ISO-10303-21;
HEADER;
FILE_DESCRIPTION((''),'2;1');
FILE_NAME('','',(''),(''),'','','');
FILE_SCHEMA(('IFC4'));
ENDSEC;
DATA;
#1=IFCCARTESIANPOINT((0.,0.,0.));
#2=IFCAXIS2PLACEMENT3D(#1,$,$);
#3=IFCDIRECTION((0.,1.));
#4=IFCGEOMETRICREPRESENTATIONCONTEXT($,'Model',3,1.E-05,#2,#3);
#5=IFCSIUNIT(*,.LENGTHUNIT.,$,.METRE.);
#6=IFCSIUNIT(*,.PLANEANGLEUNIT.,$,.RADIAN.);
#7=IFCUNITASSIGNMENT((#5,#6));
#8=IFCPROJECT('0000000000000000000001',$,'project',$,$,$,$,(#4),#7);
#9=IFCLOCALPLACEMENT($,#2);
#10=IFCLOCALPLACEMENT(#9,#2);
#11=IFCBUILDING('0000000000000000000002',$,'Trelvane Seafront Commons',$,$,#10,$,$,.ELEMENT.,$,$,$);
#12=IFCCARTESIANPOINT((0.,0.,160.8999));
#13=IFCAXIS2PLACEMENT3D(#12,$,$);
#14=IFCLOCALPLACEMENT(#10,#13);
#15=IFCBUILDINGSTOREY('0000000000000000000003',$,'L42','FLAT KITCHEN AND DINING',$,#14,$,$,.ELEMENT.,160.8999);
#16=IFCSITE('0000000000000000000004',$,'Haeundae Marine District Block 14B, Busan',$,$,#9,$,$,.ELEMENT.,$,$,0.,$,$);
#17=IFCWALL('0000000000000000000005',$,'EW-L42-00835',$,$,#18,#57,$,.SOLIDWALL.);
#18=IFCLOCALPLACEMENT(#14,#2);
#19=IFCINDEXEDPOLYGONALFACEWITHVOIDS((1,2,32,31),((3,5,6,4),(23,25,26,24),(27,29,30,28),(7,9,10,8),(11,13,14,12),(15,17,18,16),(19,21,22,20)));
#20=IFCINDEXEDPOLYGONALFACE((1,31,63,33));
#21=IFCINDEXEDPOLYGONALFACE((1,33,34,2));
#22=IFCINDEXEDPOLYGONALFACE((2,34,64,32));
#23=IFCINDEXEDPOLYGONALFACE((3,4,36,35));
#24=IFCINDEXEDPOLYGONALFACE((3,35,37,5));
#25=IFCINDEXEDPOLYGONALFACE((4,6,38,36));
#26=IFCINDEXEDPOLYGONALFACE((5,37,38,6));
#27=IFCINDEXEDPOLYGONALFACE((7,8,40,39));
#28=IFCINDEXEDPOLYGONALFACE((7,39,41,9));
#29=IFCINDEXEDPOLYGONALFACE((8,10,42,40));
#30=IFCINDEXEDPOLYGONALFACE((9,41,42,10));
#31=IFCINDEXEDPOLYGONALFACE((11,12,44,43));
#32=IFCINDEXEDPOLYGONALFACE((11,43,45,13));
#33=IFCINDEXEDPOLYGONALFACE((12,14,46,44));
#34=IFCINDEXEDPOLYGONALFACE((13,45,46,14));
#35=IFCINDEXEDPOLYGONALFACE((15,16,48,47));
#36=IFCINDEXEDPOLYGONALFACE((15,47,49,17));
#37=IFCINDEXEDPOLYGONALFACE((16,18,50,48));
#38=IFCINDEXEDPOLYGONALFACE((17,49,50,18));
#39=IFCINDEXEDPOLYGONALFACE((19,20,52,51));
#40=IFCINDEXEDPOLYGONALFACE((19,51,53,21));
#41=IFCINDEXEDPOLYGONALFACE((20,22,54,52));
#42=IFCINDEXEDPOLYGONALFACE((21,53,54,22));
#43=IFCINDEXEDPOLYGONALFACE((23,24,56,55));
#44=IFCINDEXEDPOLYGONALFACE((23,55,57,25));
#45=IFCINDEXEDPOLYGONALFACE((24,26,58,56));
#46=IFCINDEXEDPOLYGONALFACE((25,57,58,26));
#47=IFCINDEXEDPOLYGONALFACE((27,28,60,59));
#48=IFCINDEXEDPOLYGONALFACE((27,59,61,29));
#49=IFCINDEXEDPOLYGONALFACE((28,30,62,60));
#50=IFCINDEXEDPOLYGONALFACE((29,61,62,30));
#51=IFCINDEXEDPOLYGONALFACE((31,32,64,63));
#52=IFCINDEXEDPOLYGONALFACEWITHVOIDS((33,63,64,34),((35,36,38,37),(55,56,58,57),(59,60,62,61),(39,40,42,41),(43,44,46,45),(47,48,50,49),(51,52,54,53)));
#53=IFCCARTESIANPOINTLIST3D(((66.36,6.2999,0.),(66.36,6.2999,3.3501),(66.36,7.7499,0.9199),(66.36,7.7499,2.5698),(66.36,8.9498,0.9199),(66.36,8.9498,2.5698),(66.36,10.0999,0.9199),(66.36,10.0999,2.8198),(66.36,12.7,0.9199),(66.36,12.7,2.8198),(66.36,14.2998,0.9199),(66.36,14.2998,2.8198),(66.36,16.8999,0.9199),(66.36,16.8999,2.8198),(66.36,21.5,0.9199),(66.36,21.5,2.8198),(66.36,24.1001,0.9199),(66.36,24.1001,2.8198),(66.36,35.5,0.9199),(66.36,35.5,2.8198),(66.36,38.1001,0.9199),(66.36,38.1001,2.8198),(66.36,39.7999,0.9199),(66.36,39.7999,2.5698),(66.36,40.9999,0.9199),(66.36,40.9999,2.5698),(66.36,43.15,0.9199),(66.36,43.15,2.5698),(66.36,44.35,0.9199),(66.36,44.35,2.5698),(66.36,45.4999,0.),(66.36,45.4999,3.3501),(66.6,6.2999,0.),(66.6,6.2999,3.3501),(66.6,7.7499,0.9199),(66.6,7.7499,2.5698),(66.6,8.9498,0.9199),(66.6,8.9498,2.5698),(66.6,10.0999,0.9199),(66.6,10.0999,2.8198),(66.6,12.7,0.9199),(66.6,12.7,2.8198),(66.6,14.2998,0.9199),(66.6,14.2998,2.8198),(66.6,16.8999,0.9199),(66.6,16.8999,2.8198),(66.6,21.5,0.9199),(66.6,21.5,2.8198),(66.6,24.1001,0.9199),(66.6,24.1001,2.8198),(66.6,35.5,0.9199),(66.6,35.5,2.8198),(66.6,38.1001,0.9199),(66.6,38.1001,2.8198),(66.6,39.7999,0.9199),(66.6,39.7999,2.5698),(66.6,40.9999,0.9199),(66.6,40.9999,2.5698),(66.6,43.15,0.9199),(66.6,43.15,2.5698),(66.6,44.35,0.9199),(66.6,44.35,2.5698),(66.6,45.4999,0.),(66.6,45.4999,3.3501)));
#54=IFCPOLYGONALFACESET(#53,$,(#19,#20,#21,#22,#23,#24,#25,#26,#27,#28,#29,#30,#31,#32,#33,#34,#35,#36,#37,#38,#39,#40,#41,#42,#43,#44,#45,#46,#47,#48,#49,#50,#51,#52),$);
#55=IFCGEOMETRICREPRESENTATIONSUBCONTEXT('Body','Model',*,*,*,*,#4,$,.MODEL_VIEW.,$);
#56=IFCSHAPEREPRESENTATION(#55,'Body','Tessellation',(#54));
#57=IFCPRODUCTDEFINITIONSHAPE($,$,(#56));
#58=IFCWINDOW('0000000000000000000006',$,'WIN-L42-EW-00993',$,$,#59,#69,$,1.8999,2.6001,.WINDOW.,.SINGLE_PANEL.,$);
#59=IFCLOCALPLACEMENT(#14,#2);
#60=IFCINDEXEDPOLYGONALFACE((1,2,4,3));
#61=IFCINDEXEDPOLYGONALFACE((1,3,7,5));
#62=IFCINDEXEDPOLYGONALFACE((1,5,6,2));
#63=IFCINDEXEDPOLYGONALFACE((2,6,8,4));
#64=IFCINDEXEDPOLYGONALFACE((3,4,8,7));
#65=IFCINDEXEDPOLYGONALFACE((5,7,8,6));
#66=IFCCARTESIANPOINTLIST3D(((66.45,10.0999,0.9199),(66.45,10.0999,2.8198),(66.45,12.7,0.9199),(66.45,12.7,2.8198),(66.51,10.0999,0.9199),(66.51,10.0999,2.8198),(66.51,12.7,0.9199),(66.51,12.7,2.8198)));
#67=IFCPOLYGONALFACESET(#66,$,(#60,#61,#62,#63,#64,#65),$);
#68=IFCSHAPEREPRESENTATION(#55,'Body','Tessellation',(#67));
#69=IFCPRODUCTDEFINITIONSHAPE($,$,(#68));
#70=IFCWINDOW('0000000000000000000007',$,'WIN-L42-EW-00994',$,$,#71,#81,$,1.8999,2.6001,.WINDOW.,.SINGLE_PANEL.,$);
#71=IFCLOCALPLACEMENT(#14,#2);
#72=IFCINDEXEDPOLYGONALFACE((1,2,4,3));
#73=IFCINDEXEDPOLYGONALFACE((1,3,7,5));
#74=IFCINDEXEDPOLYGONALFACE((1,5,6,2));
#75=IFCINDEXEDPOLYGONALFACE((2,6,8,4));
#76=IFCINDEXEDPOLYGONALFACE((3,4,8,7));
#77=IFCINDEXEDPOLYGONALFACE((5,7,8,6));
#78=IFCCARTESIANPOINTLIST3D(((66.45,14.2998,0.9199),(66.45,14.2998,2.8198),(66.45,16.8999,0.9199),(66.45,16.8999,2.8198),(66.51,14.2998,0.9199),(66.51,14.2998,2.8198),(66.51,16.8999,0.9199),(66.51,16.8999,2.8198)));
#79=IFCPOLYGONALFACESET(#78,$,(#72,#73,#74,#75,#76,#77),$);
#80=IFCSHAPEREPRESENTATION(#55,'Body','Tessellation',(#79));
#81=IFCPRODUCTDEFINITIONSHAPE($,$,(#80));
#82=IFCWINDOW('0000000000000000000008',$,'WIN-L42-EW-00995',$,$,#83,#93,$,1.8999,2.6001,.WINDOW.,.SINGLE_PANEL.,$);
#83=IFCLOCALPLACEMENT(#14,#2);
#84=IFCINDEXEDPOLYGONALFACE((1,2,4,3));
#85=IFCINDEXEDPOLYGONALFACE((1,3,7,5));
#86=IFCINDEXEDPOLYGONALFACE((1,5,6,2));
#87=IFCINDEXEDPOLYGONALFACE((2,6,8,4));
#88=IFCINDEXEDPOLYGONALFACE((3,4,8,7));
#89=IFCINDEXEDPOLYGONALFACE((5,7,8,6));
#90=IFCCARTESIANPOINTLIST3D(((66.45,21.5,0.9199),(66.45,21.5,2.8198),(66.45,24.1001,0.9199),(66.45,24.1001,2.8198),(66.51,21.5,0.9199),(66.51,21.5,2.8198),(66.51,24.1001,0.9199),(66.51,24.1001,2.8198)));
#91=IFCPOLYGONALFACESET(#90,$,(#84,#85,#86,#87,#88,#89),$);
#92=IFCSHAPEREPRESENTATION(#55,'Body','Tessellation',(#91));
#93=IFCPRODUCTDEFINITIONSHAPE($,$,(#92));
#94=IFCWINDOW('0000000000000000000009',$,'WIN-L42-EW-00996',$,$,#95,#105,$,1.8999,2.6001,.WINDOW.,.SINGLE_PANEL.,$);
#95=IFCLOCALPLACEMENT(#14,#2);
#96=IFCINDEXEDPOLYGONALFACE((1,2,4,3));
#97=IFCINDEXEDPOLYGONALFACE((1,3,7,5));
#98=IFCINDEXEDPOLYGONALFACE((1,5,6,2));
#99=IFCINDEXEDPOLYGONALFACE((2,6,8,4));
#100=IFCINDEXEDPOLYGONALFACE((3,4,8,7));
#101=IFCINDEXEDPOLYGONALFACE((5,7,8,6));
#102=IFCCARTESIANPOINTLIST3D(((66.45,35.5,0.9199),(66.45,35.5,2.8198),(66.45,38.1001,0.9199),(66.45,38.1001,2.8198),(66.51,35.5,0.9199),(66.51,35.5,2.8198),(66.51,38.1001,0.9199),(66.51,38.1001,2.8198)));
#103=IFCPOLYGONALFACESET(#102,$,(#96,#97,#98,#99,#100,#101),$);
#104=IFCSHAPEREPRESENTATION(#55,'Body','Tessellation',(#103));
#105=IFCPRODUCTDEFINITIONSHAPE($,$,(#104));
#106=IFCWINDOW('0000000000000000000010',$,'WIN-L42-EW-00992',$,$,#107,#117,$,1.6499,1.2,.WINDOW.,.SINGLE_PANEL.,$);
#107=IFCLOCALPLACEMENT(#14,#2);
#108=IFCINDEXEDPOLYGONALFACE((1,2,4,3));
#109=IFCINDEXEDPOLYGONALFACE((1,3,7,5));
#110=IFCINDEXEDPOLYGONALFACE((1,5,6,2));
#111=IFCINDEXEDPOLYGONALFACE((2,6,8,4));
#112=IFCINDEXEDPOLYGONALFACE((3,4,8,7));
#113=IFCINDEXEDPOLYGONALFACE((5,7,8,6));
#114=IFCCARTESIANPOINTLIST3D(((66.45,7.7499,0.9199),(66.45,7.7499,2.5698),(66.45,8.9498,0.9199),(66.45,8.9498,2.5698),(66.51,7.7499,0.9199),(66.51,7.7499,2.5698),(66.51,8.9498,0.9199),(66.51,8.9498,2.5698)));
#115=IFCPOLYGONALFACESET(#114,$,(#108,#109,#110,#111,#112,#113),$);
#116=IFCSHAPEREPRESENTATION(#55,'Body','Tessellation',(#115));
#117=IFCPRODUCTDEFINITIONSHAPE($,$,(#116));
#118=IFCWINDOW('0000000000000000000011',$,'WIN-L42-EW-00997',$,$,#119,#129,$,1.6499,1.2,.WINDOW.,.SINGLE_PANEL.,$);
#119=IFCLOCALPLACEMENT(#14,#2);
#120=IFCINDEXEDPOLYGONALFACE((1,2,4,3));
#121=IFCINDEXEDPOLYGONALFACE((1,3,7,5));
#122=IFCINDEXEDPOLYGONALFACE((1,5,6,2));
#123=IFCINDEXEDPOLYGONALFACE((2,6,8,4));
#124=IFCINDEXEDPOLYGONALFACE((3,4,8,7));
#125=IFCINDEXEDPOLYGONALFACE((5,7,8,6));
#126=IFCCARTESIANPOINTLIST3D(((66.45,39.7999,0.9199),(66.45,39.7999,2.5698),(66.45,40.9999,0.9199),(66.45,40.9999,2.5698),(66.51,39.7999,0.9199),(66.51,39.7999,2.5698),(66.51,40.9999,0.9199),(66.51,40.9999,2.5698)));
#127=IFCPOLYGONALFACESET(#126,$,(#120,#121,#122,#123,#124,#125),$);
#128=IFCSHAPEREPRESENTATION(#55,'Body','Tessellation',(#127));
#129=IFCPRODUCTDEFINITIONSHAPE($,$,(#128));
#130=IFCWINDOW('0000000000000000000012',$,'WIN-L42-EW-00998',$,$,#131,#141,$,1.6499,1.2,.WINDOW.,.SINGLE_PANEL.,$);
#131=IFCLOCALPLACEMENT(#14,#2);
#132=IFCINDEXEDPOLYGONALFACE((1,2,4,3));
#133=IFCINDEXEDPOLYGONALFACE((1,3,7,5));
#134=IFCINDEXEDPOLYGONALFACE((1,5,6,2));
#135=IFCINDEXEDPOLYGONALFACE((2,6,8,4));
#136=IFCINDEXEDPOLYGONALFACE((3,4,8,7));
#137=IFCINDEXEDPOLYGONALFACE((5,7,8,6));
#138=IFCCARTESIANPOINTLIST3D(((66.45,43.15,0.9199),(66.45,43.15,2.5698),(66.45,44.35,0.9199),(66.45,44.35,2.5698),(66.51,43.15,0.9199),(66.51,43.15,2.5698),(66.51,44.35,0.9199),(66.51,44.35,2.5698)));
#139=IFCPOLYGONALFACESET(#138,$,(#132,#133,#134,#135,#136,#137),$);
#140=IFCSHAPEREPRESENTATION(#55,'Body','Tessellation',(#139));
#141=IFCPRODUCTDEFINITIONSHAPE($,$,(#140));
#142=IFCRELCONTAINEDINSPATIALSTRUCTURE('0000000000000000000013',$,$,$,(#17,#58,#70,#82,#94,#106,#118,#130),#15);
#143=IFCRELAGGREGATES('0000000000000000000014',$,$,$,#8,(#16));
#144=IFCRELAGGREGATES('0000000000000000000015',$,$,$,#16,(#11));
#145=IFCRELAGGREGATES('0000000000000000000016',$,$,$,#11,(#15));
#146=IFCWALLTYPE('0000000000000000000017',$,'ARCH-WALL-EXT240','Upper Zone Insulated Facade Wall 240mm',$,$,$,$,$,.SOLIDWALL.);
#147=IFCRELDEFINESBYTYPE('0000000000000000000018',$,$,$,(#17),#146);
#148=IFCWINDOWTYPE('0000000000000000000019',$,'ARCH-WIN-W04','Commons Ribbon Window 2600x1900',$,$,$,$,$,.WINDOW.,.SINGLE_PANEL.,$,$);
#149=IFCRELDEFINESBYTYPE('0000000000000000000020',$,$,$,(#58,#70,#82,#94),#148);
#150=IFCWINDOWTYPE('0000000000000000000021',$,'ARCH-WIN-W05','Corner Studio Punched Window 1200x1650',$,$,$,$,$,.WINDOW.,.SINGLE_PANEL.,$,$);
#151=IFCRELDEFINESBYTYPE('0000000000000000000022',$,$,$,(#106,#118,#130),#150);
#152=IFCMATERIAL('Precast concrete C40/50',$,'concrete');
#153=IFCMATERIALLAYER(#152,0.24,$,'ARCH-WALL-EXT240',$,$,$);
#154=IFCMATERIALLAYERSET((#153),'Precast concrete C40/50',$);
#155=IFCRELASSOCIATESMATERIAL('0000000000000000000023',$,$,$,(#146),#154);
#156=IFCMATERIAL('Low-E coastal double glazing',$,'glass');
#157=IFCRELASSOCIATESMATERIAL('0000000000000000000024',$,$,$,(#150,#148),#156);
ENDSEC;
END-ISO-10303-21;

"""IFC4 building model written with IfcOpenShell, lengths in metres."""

from ifc_helpers import new_model, si_unit, direction, frame, frame_2d, origin, place, context, subcontext, project, spatial, rectangle, extrude, source, transform, mapped, material, layer, layer_set, type_object, element, fill, save


model = new_model("IFC4")

# Units and contexts
model_context = context("Model", 3, precision=1e-05, world=origin(), true_north=direction((0.0, 1.0)))
body_context = subcontext(model_context, "Body", "Model", "MODEL_VIEW")
ifc_project = project(units=[si_unit("LENGTHUNIT", "METRE"), si_unit("PLANEANGLEUNIT", "RADIAN")], contexts=[model_context])

# Site, building, storey
site_placement = place(None, origin())
site = spatial("IfcSite", under=ifc_project, at=site_placement, Name="Haeundae Marine District Block 14B, Busan", CompositionType="ELEMENT", RefElevation=0.0)
building_placement = place(site_placement, origin())
building = spatial("IfcBuilding", under=site, at=building_placement, Name="Trelvane Seafront Commons", CompositionType="ELEMENT")
storey_placement = place(building_placement, frame((0.0, 0.0, 160.8999)))
storey = spatial("IfcBuildingStorey", under=building, at=storey_placement, Name="L42", Description="FLAT KITCHEN AND DINING", CompositionType="ELEMENT", Elevation=160.8999)

# Shared definitions
ifc_material_1 = material(Name="Low-E coastal double glazing", Category="glass")

# Shared definitions
ifc_material_2 = material(Name="Precast concrete C40/50", Category="concrete")
ifc_layer_1 = layer(ifc_material_2, 0.24, Name="ARCH-WALL-EXT240")
ifc_layer_set_1 = layer_set([ifc_layer_1], Name="Precast concrete C40/50")
wall_type = type_object("IfcWallType", Name="ARCH-WALL-EXT240", Description="Upper Zone Insulated Facade Wall 240mm", PredefinedType="SOLIDWALL", material=ifc_layer_set_1)
window_type_1 = type_object("IfcWindowType", Name="ARCH-WIN-W05", Description="Corner Studio Punched Window 1200x1650", PartitioningType="SINGLE_PANEL", PredefinedType="WINDOW", material=ifc_material_1)
shared_shape_1 = source(origin(), body_context, "Body", "SweptSolid", [
    extrude(rectangle(XDim=1.2, YDim=1.6499, at=frame_2d((0.6001, 0.825))), frame((0.0, 0.03, 0.0), z_axis=(0.0, -1.0, 0.0), x_axis=(1.0, 0.0, 0.0)), (0.0, 0.0, 1.0), 0.0601),
])

# Wall, openings, windows
wall_1_placement = place(storey_placement, frame((66.48, 45.5, 0.0), z_axis=(0.0, 0.0, 1.0), x_axis=(0.0, -1.0, 0.0)))
wall_1 = element("IfcWall", 1, at=wall_1_placement, inside=storey, type_object=wall_type, Name="EW-L42-00835", PredefinedType="SOLIDWALL", context=body_context, shape_type="SweptSolid", body=[
    extrude(rectangle(XDim=39.2, YDim=0.24, at=frame_2d((19.6001, 0.0))), origin(), (0.0, 0.0, 1.0), 3.3501),
])
opening_1_placement = place(wall_1_placement, frame((36.55, 0.0, 0.9199)))
opening_1 = element("IfcOpeningElement", 2, at=opening_1_placement, cuts=wall_1, PredefinedType="OPENING", context=body_context, shape_type="SweptSolid", body=[
    extrude(rectangle(XDim=1.2, YDim=1.6499, at=frame_2d((0.6001, 0.825))), frame((0.0, 0.1299, 0.0), z_axis=(0.0, -1.0, 0.0), x_axis=(1.0, 0.0, 0.0)), (0.0, 0.0, 1.0), 0.26),
])
opening_2_placement = place(wall_1_placement, frame((32.8, 0.0, 0.9199)))
opening_2 = element("IfcOpeningElement", 3, at=opening_2_placement, cuts=wall_1, PredefinedType="OPENING", context=body_context, shape_type="SweptSolid", body=[
    extrude(rectangle(XDim=2.6001, YDim=1.8999, at=frame_2d((1.3, 0.95))), frame((0.0, 0.1299, 0.0), z_axis=(0.0, -1.0, 0.0), x_axis=(1.0, 0.0, 0.0)), (0.0, 0.0, 1.0), 0.26),
])
opening_3_placement = place(wall_1_placement, frame((28.6001, 0.0, 0.9199)))
opening_3 = element("IfcOpeningElement", 4, at=opening_3_placement, cuts=wall_1, PredefinedType="OPENING", context=body_context, shape_type="SweptSolid", body=[
    extrude(rectangle(XDim=2.6001, YDim=1.8999, at=frame_2d((1.3, 0.95))), frame((0.0, 0.1299, 0.0), z_axis=(0.0, -1.0, 0.0), x_axis=(1.0, 0.0, 0.0)), (0.0, 0.0, 1.0), 0.26),
])
opening_4_placement = place(wall_1_placement, frame((21.3999, 0.0, 0.9199)))
opening_4 = element("IfcOpeningElement", 5, at=opening_4_placement, cuts=wall_1, PredefinedType="OPENING", context=body_context, shape_type="SweptSolid", body=[
    extrude(rectangle(XDim=2.6001, YDim=1.8999, at=frame_2d((1.3, 0.95))), frame((0.0, 0.1299, 0.0), z_axis=(0.0, -1.0, 0.0), x_axis=(1.0, 0.0, 0.0)), (0.0, 0.0, 1.0), 0.26),
])
opening_5_placement = place(wall_1_placement, frame((7.3999, 0.0, 0.9199)))
opening_5 = element("IfcOpeningElement", 6, at=opening_5_placement, cuts=wall_1, PredefinedType="OPENING", context=body_context, shape_type="SweptSolid", body=[
    extrude(rectangle(XDim=2.6001, YDim=1.8999, at=frame_2d((1.3, 0.95))), frame((0.0, 0.1299, 0.0), z_axis=(0.0, -1.0, 0.0), x_axis=(1.0, 0.0, 0.0)), (0.0, 0.0, 1.0), 0.26),
])
opening_6_placement = place(wall_1_placement, frame((4.5, 0.0, 0.9199)))
opening_6 = element("IfcOpeningElement", 7, at=opening_6_placement, cuts=wall_1, PredefinedType="OPENING", context=body_context, shape_type="SweptSolid", body=[
    extrude(rectangle(XDim=1.2, YDim=1.6499, at=frame_2d((0.6001, 0.825))), frame((0.0, 0.1299, 0.0), z_axis=(0.0, -1.0, 0.0), x_axis=(1.0, 0.0, 0.0)), (0.0, 0.0, 1.0), 0.26),
])
opening_7_placement = place(wall_1_placement, frame((1.1499, 0.0, 0.9199)))
opening_7 = element("IfcOpeningElement", 8, at=opening_7_placement, cuts=wall_1, PredefinedType="OPENING", context=body_context, shape_type="SweptSolid", body=[
    extrude(rectangle(XDim=1.2, YDim=1.6499, at=frame_2d((0.6001, 0.825))), frame((0.0, 0.1299, 0.0), z_axis=(0.0, -1.0, 0.0), x_axis=(1.0, 0.0, 0.0)), (0.0, 0.0, 1.0), 0.26),
])
window_type_2 = type_object("IfcWindowType", Name="ARCH-WIN-W04", Description="Commons Ribbon Window 2600x1900", PartitioningType="SINGLE_PANEL", PredefinedType="WINDOW", material=ifc_material_1)
shared_shape_2 = source(origin(), body_context, "Body", "SweptSolid", [
    extrude(rectangle(XDim=2.6001, YDim=1.8999, at=frame_2d((1.3, 0.95))), frame((0.0, 0.03, 0.0), z_axis=(0.0, -1.0, 0.0), x_axis=(1.0, 0.0, 0.0)), (0.0, 0.0, 1.0), 0.0601),
])
window_1_placement = place(opening_2_placement, origin())
window_1 = element("IfcWindow", 9, at=window_1_placement, inside=storey, type_object=window_type_2, Name="WIN-L42-EW-00993", OverallHeight=1.8999, OverallWidth=2.6001, PartitioningType="SINGLE_PANEL", PredefinedType="WINDOW", context=body_context, shape_type="MappedRepresentation", body=[
    mapped(shared_shape_2, transform((0.0, 0.0, 0.0), x_axis=(1.0, 0.0, 0.0), y_axis=(0.0, 1.0, 0.0), z_axis=(0.0, 0.0, 1.0), scale=1.0)),
])
fill(opening_2, window_1)
window_2_placement = place(opening_3_placement, origin())
window_2 = element("IfcWindow", 10, at=window_2_placement, inside=storey, type_object=window_type_2, Name="WIN-L42-EW-00994", OverallHeight=1.8999, OverallWidth=2.6001, PartitioningType="SINGLE_PANEL", PredefinedType="WINDOW", context=body_context, shape_type="MappedRepresentation", body=[
    mapped(shared_shape_2, transform((0.0, 0.0, 0.0), x_axis=(1.0, 0.0, 0.0), y_axis=(0.0, 1.0, 0.0), z_axis=(0.0, 0.0, 1.0), scale=1.0)),
])
fill(opening_3, window_2)
window_3_placement = place(opening_4_placement, origin())
window_3 = element("IfcWindow", 11, at=window_3_placement, inside=storey, type_object=window_type_2, Name="WIN-L42-EW-00995", OverallHeight=1.8999, OverallWidth=2.6001, PartitioningType="SINGLE_PANEL", PredefinedType="WINDOW", context=body_context, shape_type="MappedRepresentation", body=[
    mapped(shared_shape_2, transform((0.0, 0.0, 0.0), x_axis=(1.0, 0.0, 0.0), y_axis=(0.0, 1.0, 0.0), z_axis=(0.0, 0.0, 1.0), scale=1.0)),
])
fill(opening_4, window_3)
window_4_placement = place(opening_5_placement, origin())
window_4 = element("IfcWindow", 12, at=window_4_placement, inside=storey, type_object=window_type_2, Name="WIN-L42-EW-00996", OverallHeight=1.8999, OverallWidth=2.6001, PartitioningType="SINGLE_PANEL", PredefinedType="WINDOW", context=body_context, shape_type="MappedRepresentation", body=[
    mapped(shared_shape_2, transform((0.0, 0.0, 0.0), x_axis=(1.0, 0.0, 0.0), y_axis=(0.0, 1.0, 0.0), z_axis=(0.0, 0.0, 1.0), scale=1.0)),
])
fill(opening_5, window_4)
window_5_placement = place(opening_1_placement, origin())
window_5 = element("IfcWindow", 13, at=window_5_placement, inside=storey, type_object=window_type_1, Name="WIN-L42-EW-00992", OverallHeight=1.6499, OverallWidth=1.2, PartitioningType="SINGLE_PANEL", PredefinedType="WINDOW", context=body_context, shape_type="MappedRepresentation", body=[
    mapped(shared_shape_1, transform((0.0, 0.0, 0.0), x_axis=(1.0, 0.0, 0.0), y_axis=(0.0, 1.0, 0.0), z_axis=(0.0, 0.0, 1.0), scale=1.0)),
])
fill(opening_1, window_5)
window_6_placement = place(opening_6_placement, origin())
window_6 = element("IfcWindow", 14, at=window_6_placement, inside=storey, type_object=window_type_1, Name="WIN-L42-EW-00997", OverallHeight=1.6499, OverallWidth=1.2, PartitioningType="SINGLE_PANEL", PredefinedType="WINDOW", context=body_context, shape_type="MappedRepresentation", body=[
    mapped(shared_shape_1, transform((0.0, 0.0, 0.0), x_axis=(1.0, 0.0, 0.0), y_axis=(0.0, 1.0, 0.0), z_axis=(0.0, 0.0, 1.0), scale=1.0)),
])
fill(opening_6, window_6)
window_7_placement = place(opening_7_placement, origin())
window_7 = element("IfcWindow", 15, at=window_7_placement, inside=storey, type_object=window_type_1, Name="WIN-L42-EW-00998", OverallHeight=1.6499, OverallWidth=1.2, PartitioningType="SINGLE_PANEL", PredefinedType="WINDOW", context=body_context, shape_type="MappedRepresentation", body=[
    mapped(shared_shape_1, transform((0.0, 0.0, 0.0), x_axis=(1.0, 0.0, 0.0), y_axis=(0.0, 1.0, 0.0), z_axis=(0.0, 0.0, 1.0), scale=1.0)),
])
fill(opening_7, window_7)

save(model, "model.ifc")
